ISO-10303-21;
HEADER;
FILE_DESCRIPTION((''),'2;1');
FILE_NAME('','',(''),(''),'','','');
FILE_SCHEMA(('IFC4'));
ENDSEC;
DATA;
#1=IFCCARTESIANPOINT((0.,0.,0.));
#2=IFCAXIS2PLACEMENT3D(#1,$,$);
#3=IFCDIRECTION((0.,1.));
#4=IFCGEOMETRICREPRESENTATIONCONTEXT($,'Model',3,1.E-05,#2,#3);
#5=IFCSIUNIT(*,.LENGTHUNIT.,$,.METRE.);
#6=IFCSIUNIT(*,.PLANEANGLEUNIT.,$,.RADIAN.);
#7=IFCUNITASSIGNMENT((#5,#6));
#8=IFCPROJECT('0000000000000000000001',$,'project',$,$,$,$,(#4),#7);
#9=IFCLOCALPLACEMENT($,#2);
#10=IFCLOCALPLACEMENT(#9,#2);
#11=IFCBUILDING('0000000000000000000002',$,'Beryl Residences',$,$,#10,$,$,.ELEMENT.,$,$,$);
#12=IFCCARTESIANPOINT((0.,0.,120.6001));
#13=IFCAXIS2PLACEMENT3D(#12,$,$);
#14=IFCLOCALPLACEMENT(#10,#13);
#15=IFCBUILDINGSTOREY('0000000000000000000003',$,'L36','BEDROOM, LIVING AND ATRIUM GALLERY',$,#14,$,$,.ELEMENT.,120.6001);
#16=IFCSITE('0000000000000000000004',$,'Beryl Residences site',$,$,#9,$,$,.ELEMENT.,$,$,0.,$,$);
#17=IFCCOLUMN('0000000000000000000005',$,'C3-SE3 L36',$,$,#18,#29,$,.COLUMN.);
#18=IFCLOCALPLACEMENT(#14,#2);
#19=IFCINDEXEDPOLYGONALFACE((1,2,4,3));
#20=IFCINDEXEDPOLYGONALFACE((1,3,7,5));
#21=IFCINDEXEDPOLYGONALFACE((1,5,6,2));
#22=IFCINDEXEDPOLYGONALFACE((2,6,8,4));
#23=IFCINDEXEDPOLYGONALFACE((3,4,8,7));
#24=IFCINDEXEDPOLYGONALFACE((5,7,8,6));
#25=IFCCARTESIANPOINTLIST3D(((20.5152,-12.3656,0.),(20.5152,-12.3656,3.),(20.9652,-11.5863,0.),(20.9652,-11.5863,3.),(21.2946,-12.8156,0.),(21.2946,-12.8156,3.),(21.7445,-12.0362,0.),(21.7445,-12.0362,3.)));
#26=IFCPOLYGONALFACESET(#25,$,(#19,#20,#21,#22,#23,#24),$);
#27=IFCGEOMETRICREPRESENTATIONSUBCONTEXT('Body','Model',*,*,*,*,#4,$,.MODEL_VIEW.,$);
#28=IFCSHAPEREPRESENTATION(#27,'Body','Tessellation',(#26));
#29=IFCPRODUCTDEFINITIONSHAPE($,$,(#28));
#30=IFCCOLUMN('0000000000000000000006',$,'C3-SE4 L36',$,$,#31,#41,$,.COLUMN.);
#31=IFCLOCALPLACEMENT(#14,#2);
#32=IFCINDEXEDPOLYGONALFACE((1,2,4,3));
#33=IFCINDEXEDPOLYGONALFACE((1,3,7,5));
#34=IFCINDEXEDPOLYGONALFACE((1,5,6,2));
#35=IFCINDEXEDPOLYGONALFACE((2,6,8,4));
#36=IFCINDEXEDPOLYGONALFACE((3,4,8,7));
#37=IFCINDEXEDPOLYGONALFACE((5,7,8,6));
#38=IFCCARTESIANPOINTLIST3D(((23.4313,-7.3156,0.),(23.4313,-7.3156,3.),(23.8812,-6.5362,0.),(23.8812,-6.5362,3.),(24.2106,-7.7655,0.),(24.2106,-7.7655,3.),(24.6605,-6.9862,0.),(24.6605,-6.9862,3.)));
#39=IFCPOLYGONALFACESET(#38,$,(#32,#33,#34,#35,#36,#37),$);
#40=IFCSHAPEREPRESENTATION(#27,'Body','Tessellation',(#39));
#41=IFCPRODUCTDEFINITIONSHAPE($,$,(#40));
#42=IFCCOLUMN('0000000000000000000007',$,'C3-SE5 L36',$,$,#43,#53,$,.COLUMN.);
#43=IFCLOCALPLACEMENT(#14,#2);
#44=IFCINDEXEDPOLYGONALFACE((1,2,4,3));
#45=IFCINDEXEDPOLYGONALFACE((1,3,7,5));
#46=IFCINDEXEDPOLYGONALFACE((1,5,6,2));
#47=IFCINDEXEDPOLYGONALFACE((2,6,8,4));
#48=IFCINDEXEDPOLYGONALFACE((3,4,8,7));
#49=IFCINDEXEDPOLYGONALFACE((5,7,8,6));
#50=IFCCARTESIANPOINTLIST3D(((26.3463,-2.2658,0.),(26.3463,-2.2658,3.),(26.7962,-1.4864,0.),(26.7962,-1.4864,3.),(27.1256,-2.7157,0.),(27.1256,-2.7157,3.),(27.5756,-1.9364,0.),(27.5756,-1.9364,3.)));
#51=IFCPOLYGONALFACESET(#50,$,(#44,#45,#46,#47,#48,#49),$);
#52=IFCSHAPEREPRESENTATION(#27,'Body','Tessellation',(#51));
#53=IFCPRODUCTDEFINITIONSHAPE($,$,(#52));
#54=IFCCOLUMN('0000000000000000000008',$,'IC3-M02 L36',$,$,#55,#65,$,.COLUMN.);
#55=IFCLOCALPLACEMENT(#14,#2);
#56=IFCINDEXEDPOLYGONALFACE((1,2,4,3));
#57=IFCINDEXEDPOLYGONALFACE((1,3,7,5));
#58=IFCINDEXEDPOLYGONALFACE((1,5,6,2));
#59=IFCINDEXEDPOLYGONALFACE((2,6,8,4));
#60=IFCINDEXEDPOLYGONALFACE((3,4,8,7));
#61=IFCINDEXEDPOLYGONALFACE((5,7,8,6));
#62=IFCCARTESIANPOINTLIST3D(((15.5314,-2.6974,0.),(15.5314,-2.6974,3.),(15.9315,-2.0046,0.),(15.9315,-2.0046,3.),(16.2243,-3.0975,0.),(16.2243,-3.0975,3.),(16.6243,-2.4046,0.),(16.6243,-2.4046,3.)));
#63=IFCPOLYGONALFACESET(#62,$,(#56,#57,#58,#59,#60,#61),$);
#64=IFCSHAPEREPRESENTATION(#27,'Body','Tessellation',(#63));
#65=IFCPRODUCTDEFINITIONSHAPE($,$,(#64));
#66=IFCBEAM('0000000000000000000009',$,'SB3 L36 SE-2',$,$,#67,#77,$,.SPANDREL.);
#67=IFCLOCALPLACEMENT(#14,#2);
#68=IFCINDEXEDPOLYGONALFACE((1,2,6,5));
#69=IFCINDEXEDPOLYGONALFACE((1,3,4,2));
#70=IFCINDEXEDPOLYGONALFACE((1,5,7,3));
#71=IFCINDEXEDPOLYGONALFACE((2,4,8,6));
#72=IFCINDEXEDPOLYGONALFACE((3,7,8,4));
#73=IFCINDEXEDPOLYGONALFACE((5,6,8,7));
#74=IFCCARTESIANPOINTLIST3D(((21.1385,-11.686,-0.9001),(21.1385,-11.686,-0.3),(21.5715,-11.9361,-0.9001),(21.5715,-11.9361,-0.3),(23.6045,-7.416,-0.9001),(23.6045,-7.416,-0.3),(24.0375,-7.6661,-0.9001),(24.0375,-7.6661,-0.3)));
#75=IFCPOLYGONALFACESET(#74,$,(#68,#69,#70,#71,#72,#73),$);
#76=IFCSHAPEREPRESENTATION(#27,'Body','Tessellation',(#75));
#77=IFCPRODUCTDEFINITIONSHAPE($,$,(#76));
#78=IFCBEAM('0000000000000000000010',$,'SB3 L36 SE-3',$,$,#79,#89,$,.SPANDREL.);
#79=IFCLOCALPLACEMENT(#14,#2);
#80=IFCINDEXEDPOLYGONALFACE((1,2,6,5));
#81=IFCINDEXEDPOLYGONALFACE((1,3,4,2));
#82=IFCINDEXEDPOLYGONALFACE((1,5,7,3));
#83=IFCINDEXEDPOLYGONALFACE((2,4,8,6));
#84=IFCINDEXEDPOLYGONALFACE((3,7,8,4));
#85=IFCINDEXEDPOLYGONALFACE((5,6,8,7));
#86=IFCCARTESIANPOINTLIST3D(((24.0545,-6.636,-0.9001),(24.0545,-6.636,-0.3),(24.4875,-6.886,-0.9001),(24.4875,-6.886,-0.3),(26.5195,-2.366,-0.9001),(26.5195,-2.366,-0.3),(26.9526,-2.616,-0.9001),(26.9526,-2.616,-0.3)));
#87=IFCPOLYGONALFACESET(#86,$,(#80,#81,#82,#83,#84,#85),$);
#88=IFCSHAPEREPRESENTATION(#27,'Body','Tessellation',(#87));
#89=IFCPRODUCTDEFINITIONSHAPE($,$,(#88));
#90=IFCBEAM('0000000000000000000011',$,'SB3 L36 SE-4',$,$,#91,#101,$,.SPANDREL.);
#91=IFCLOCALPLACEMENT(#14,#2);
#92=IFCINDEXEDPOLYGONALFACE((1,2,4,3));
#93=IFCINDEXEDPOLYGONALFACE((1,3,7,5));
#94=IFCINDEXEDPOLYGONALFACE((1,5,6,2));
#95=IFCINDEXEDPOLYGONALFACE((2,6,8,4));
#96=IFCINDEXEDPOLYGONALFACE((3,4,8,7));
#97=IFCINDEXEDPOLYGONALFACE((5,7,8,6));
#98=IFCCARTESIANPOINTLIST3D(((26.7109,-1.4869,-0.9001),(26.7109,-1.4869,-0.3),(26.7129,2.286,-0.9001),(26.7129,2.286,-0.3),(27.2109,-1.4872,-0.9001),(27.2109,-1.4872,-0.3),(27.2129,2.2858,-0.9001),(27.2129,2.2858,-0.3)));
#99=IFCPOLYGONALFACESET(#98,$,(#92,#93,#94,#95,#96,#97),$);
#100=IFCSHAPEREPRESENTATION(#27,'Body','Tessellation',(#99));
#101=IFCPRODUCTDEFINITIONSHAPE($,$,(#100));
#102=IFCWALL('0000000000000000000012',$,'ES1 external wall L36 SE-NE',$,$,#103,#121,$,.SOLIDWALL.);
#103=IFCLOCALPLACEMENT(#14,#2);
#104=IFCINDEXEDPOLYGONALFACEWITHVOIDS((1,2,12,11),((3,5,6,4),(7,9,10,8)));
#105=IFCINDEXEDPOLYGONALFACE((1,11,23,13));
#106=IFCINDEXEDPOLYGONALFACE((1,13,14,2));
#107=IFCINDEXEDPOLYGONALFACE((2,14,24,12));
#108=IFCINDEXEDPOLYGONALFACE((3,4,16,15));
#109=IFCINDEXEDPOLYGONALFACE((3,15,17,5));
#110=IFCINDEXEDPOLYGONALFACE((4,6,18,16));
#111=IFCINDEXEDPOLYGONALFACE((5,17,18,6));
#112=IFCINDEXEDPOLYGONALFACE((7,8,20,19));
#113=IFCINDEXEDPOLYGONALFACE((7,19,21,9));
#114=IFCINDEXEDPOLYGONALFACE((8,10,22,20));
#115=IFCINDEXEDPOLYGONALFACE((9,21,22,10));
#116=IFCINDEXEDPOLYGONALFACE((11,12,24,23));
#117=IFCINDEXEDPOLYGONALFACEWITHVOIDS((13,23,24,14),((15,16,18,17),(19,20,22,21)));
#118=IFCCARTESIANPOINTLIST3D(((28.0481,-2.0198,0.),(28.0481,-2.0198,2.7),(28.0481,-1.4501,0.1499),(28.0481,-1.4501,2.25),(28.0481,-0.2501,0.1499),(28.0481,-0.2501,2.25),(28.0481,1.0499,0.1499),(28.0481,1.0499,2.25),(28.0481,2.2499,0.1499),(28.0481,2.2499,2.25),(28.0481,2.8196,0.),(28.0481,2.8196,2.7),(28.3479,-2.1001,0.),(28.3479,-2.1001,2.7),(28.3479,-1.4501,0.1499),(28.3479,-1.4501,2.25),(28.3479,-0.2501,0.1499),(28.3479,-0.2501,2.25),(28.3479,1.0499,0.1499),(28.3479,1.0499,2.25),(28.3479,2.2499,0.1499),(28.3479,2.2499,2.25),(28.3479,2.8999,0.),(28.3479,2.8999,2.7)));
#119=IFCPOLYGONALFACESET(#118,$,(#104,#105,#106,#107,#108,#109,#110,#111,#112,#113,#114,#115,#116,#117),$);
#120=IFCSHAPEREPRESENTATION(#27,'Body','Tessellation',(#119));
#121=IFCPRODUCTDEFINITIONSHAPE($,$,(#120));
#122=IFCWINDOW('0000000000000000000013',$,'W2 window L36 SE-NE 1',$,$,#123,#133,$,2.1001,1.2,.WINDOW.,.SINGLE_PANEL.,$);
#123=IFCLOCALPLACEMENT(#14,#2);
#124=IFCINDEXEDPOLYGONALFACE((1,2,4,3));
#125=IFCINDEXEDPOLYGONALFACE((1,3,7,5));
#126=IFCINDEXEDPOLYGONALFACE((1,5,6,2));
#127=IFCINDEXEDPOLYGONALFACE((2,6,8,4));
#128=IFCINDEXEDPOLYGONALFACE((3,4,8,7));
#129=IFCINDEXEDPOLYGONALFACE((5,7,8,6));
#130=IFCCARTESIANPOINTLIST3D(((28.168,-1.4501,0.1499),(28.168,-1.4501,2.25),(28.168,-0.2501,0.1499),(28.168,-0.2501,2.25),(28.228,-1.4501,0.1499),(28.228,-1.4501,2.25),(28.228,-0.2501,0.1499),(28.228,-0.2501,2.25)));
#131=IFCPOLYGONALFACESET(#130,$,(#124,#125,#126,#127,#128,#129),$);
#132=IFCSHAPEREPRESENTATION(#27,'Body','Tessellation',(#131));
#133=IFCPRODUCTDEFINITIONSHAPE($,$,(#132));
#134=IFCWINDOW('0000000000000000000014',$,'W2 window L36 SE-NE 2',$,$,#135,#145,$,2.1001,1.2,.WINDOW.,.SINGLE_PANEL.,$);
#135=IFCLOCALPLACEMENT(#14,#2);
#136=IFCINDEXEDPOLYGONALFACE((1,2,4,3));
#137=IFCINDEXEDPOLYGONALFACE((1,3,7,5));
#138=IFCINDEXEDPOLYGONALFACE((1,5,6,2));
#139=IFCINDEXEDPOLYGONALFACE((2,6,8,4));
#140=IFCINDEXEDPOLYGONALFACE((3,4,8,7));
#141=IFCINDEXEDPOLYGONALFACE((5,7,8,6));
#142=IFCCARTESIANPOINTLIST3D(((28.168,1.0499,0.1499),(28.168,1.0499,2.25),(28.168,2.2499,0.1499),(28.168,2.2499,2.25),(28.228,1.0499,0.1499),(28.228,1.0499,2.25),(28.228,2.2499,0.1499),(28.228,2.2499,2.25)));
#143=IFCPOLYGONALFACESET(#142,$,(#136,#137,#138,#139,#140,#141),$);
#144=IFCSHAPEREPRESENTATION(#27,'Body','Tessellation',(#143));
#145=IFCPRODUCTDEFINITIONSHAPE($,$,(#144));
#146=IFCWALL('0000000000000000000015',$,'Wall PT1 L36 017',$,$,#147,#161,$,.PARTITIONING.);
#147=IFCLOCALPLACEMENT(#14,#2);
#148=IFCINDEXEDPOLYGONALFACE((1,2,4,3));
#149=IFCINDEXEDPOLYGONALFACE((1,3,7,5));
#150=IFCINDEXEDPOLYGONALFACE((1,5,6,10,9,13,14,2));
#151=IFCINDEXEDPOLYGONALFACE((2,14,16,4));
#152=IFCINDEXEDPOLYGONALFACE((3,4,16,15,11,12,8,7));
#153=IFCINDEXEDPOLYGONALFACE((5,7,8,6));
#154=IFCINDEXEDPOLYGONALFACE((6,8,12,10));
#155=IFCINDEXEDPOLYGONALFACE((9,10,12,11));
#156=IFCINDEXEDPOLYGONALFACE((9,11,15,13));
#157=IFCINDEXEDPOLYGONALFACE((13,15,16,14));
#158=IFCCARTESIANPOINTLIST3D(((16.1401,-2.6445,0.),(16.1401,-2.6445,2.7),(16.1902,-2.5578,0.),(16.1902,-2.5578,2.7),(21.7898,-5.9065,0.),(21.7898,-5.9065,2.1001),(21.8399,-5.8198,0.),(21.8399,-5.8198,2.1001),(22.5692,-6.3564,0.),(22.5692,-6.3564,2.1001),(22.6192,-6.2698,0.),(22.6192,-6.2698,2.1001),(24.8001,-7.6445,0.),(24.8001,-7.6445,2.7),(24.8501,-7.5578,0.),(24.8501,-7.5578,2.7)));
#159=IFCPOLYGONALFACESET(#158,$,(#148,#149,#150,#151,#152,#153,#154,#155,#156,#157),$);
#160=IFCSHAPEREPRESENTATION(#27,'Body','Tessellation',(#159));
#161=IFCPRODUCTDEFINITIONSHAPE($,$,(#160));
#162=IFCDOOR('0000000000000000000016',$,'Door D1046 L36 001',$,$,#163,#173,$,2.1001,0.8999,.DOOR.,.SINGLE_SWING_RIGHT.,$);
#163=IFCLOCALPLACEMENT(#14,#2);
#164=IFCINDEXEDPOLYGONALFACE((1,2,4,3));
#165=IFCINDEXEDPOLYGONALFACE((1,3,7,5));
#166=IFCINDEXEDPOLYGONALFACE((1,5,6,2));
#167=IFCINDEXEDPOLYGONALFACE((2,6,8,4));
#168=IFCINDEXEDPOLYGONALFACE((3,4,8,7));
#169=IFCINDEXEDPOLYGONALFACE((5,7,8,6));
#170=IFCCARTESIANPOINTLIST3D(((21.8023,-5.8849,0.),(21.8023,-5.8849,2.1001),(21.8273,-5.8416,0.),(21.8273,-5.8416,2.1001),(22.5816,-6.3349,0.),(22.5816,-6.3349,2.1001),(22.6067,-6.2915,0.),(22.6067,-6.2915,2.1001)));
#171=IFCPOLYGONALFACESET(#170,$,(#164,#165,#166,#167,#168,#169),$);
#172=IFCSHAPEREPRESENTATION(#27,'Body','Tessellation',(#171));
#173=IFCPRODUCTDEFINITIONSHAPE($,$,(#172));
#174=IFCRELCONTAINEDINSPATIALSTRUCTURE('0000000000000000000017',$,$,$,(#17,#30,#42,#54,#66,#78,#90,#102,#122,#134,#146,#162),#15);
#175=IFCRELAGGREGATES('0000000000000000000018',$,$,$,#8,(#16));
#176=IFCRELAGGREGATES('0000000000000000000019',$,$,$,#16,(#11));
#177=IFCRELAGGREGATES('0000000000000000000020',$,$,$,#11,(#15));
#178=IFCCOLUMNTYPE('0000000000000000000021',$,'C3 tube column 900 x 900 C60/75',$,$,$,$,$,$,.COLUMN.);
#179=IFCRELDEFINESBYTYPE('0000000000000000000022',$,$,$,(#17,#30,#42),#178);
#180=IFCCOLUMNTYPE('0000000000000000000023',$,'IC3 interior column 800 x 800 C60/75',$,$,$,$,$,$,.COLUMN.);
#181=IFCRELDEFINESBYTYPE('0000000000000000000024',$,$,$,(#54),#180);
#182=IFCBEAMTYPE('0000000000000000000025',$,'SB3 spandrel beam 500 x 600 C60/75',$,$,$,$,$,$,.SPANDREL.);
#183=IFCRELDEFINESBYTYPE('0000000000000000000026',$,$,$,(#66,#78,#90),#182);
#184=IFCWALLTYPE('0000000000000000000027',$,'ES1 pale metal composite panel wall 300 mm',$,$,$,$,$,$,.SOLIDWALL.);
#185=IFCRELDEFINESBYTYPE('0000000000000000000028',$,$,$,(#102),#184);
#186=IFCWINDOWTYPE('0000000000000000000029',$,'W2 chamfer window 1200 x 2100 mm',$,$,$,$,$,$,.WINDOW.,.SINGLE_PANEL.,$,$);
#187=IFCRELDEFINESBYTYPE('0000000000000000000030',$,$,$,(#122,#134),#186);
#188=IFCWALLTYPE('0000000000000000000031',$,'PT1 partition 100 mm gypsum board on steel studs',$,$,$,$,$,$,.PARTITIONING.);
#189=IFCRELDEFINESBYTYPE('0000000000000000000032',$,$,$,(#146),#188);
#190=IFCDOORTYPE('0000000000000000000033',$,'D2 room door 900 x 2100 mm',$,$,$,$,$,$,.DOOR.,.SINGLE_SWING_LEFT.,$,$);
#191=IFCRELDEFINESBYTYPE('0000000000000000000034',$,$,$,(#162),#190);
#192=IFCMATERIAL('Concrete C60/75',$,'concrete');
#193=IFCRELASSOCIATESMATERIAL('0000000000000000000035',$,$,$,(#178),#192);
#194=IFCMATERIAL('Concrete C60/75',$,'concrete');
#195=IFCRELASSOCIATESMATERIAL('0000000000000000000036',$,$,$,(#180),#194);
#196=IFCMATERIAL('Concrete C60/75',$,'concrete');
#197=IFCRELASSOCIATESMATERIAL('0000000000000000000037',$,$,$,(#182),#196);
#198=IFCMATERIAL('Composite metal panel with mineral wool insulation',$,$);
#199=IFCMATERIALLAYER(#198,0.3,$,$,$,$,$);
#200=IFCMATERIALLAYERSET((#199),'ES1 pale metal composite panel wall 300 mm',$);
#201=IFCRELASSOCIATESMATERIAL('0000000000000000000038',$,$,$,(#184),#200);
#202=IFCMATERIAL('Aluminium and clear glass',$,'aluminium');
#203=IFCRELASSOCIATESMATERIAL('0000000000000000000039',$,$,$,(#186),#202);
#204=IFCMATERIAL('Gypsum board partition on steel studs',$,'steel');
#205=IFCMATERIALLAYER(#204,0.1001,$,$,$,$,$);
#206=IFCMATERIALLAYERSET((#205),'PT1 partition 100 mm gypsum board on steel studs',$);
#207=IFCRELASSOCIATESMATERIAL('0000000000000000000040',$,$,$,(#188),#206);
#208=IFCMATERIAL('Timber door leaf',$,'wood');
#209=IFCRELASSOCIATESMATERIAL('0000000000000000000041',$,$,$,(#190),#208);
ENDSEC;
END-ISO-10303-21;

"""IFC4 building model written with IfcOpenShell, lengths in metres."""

from ifc_helpers import new_model, si_unit, direction, frame, frame_2d, origin, origin_2d, place, context, subcontext, project, spatial, polyline, rectangle, outline, extrude, material, layer, layer_set, material_profile, profile_set, type_object, element, fill, save


model = new_model("IFC4")

# Units and contexts
model_context = context("Model", 3, precision=1e-05, world=origin(), true_north=direction((0.0, 1.0)))
body_context = subcontext(model_context, "Body", "Model", "MODEL_VIEW")
ifc_project = project(units=[si_unit("LENGTHUNIT", "METRE"), si_unit("PLANEANGLEUNIT", "RADIAN")], contexts=[model_context])

# Site, building, storey
site_placement = place(None, origin())
site = spatial("IfcSite", under=ifc_project, at=site_placement, Name="Beryl Residences site", CompositionType="ELEMENT", RefElevation=0.0)
building_placement = place(site_placement, origin())
building = spatial("IfcBuilding", under=site, at=building_placement, Name="Beryl Residences", CompositionType="ELEMENT")
storey_placement = place(building_placement, frame((0.0, 0.0, 120.6001)))
storey = spatial("IfcBuildingStorey", under=building, at=storey_placement, Name="L36", Description="BEDROOM, LIVING AND ATRIUM GALLERY", CompositionType="ELEMENT", Elevation=120.6001)

# Columns
ifc_material_1 = material(Name="Concrete C60/75", Category="concrete")
ifc_material_profile_1 = material_profile(ifc_material_1, rectangle(XDim=0.8999, YDim=0.8999, at=origin_2d()))
ifc_profile_set_1 = profile_set([ifc_material_profile_1], Name="Concrete C60/75")
column_type_1 = type_object("IfcColumnType", Name="C3 tube column 900 x 900 C60/75", PredefinedType="COLUMN", material=ifc_profile_set_1)
for number, where, z_axis, x_axis, name in (
    (1, (21.1299, -12.2009, 0.0), (0.0, 0.0, 1.0), (0.5, 0.866025, 0.0), "C3-SE3 L36"),
    (2, (24.0459, -7.1509, 0.0), (0.0, 0.0, 1.0), (0.5, 0.866025, 0.0), "C3-SE4 L36"),
    (3, (26.9609, -2.1011, 0.0), (0.0, 0.0, 1.0), (0.5, 0.866025, 0.0), "C3-SE5 L36"),
):
    element("IfcColumn", number, at=place(storey_placement, frame(where, z_axis=z_axis, x_axis=x_axis)), inside=storey, type_object=column_type_1, Name=name, PredefinedType="COLUMN", context=body_context, shape_type="SweptSolid", body=[
        extrude(rectangle(XDim=0.8999, YDim=0.8999, at=origin_2d()), origin(), (0.0, 0.0, 1.0), 3.0),
    ])
ifc_material_2 = material(Name="Concrete C60/75", Category="concrete")
ifc_material_profile_2 = material_profile(ifc_material_2, rectangle(XDim=0.8, YDim=0.8, at=origin_2d()))
ifc_profile_set_2 = profile_set([ifc_material_profile_2], Name="Concrete C60/75")
column_type_2 = type_object("IfcColumnType", Name="IC3 interior column 800 x 800 C60/75", PredefinedType="COLUMN", material=ifc_profile_set_2)
column_placement = place(storey_placement, frame((16.0779, -2.551, 0.0), z_axis=(0.0, 0.0, 1.0), x_axis=(0.5, 0.866025, 0.0)))
element("IfcColumn", 4, at=column_placement, inside=storey, type_object=column_type_2, Name="IC3-M02 L36", PredefinedType="COLUMN", context=body_context, shape_type="SweptSolid", body=[
    extrude(rectangle(XDim=0.8, YDim=0.8, at=origin_2d()), origin(), (0.0, 0.0, 1.0), 3.0),
])

# Beams
ifc_material_3 = material(Name="Concrete C60/75", Category="concrete")
ifc_material_profile_3 = material_profile(ifc_material_3, rectangle(XDim=0.5, YDim=0.6001, at=origin_2d()))
ifc_profile_set_3 = profile_set([ifc_material_profile_3], Name="Concrete C60/75")
beam_type = type_object("IfcBeamType", Name="SB3 spandrel beam 500 x 600 C60/75", PredefinedType="SPANDREL", material=ifc_profile_set_3)
beam_1_placement = place(storey_placement, frame((21.355, -11.811, -0.6001), z_axis=(0.500117, 0.865958, 0.0), x_axis=(-0.865958, 0.500117, 0.0)))
element("IfcBeam", 5, at=beam_1_placement, inside=storey, type_object=beam_type, Name="SB3 L36 SE-2", PredefinedType="SPANDREL", context=body_context, shape_type="SweptSolid", body=[
    extrude(rectangle(XDim=0.5, YDim=0.6001, at=origin_2d()), origin(), (0.0, 0.0, 1.0), 4.9309),
])
beam_2_placement = place(storey_placement, frame((24.271, -6.761, -0.6001), z_axis=(0.499968, 0.866044, 0.0), x_axis=(-0.866044, 0.499968, 0.0)))
element("IfcBeam", 6, at=beam_2_placement, inside=storey, type_object=beam_type, Name="SB3 L36 SE-3", PredefinedType="SPANDREL", context=body_context, shape_type="SweptSolid", body=[
    extrude(rectangle(XDim=0.5, YDim=0.6001, at=origin_2d()), origin(), (0.0, 0.0, 1.0), 4.9304),
])
beam_3_placement = place(storey_placement, frame((26.9609, -1.4871, -0.6001), z_axis=(0.000518, 1.0, 0.0), x_axis=(-1.0, 0.000518, 0.0)))
element("IfcBeam", 7, at=beam_3_placement, inside=storey, type_object=beam_type, Name="SB3 L36 SE-4", PredefinedType="SPANDREL", context=body_context, shape_type="SweptSolid", body=[
    extrude(rectangle(XDim=0.5, YDim=0.6001, at=origin_2d()), origin(), (0.0, 0.0, 1.0), 3.7729),
])

# Wall, openings, windows
ifc_material_4 = material(Name="Composite metal panel with mineral wool insulation")
ifc_layer_1 = layer(ifc_material_4, 0.3)
ifc_layer_set_1 = layer_set([ifc_layer_1], Name="ES1 pale metal composite panel wall 300 mm")
wall_type_1 = type_object("IfcWallType", Name="ES1 pale metal composite panel wall 300 mm", PredefinedType="SOLIDWALL", material=ifc_layer_set_1)
wall_1_placement = place(storey_placement, frame((28.198, -2.1001, 0.0), z_axis=(0.0, 0.0, 1.0), x_axis=(0.0, 1.0, 0.0)))
wall_1 = element("IfcWall", 8, at=wall_1_placement, inside=storey, type_object=wall_type_1, Name="ES1 external wall L36 SE-NE", PredefinedType="SOLIDWALL", context=body_context, shape_type="SweptSolid", body=[
    extrude(outline(polyline([(0.0, -0.1499), (5.0, -0.1499), (4.9197, 0.1499), (0.0803, 0.1499), (0.0, -0.1499)])), origin(), (0.0, 0.0, 1.0), 2.7),
])
opening_1_placement = place(wall_1_placement, frame((0.6499, 0.0, 0.1499)))
opening_1 = element("IfcOpeningElement", 9, at=opening_1_placement, cuts=wall_1, PredefinedType="OPENING", context=body_context, shape_type="SweptSolid", body=[
    extrude(rectangle(XDim=1.2, YDim=2.1001, at=frame_2d((0.6001, 1.05))), frame((0.0, 0.1599, 0.0), z_axis=(0.0, -1.0, 0.0), x_axis=(1.0, 0.0, 0.0)), (0.0, 0.0, 1.0), 0.3201),
])
opening_2_placement = place(wall_1_placement, frame((3.1499, 0.0, 0.1499)))
opening_2 = element("IfcOpeningElement", 10, at=opening_2_placement, cuts=wall_1, PredefinedType="OPENING", context=body_context, shape_type="SweptSolid", body=[
    extrude(rectangle(XDim=1.2, YDim=2.1001, at=frame_2d((0.6001, 1.05))), frame((0.0, 0.1599, 0.0), z_axis=(0.0, -1.0, 0.0), x_axis=(1.0, 0.0, 0.0)), (0.0, 0.0, 1.0), 0.3201),
])
ifc_material_5 = material(Name="Aluminium and clear glass", Category="aluminium")
window_type = type_object("IfcWindowType", Name="W2 chamfer window 1200 x 2100 mm", PartitioningType="SINGLE_PANEL", PredefinedType="WINDOW", material=ifc_material_5)
window_1_placement = place(opening_1_placement, origin())
window_1 = element("IfcWindow", 11, at=window_1_placement, inside=storey, type_object=window_type, Name="W2 window L36 SE-NE 1", OverallHeight=2.1001, OverallWidth=1.2, PartitioningType="SINGLE_PANEL", PredefinedType="WINDOW", context=body_context, shape_type="SweptSolid", body=[
    extrude(rectangle(XDim=1.2, YDim=2.1001, at=frame_2d((0.6001, 1.05))), frame((0.0, 0.03, 0.0), z_axis=(0.0, -1.0, 0.0), x_axis=(1.0, 0.0, 0.0)), (0.0, 0.0, 1.0), 0.0601),
])
fill(opening_1, window_1)
window_2_placement = place(opening_2_placement, origin())
window_2 = element("IfcWindow", 12, at=window_2_placement, inside=storey, type_object=window_type, Name="W2 window L36 SE-NE 2", OverallHeight=2.1001, OverallWidth=1.2, PartitioningType="SINGLE_PANEL", PredefinedType="WINDOW", context=body_context, shape_type="SweptSolid", body=[
    extrude(rectangle(XDim=1.2, YDim=2.1001, at=frame_2d((0.6001, 1.05))), frame((0.0, 0.03, 0.0), z_axis=(0.0, -1.0, 0.0), x_axis=(1.0, 0.0, 0.0)), (0.0, 0.0, 1.0), 0.0601),
])
fill(opening_2, window_2)

# Wall, opening, door
ifc_material_6 = material(Name="Gypsum board partition on steel studs", Category="steel")
ifc_layer_2 = layer(ifc_material_6, 0.1001)
ifc_layer_set_2 = layer_set([ifc_layer_2], Name="PT1 partition 100 mm gypsum board on steel studs")
wall_type_2 = type_object("IfcWallType", Name="PT1 partition 100 mm gypsum board on steel studs", PredefinedType="PARTITIONING", material=ifc_layer_set_2)
wall_2_placement = place(storey_placement, frame((16.165, -2.6011, 0.0), z_axis=(0.0, 0.0, 1.0), x_axis=(0.866017, -0.500015, 0.0)))
wall_2 = element("IfcWall", 13, at=wall_2_placement, inside=storey, type_object=wall_type_2, Name="Wall PT1 L36 017", PredefinedType="PARTITIONING", context=body_context, shape_type="SweptSolid", body=[
    extrude(rectangle(XDim=9.9998, YDim=0.1001, at=frame_2d((5.0, 0.0))), origin(), (0.0, 0.0, 1.0), 2.7),
])
opening_3_placement = place(wall_2_placement, frame((6.5239, 0.0, 0.0)))
opening_3 = element("IfcOpeningElement", 14, at=opening_3_placement, cuts=wall_2, PredefinedType="OPENING", context=body_context, shape_type="SweptSolid", body=[
    extrude(rectangle(XDim=0.8999, YDim=2.1001, at=frame_2d((0.45, 1.05))), frame((0.0, 0.0601, 0.0), z_axis=(0.0, -1.0, 0.0), x_axis=(1.0, 0.0, 0.0)), (0.0, 0.0, 1.0), 0.1201),
])
ifc_material_7 = material(Name="Timber door leaf", Category="wood")
door_type_1 = type_object("IfcDoorType", Name="D2 room door 900 x 2100 mm", OperationType="SINGLE_SWING_LEFT", PredefinedType="DOOR", material=ifc_material_7)
door_1_placement = place(opening_3_placement, origin())
door_1 = element("IfcDoor", 15, at=door_1_placement, inside=storey, type_object=door_type_1, Name="Door D1046 L36 001", OperationType="SINGLE_SWING_RIGHT", OverallHeight=2.1001, OverallWidth=0.8999, PredefinedType="DOOR", context=body_context, shape_type="SweptSolid", body=[
    extrude(rectangle(XDim=0.8999, YDim=2.1001, at=frame_2d((0.45, 1.05))), frame((0.0, 0.0249, 0.0), z_axis=(0.0, -1.0, 0.0), x_axis=(1.0, 0.0, 0.0)), (0.0, 0.0, 1.0), 0.05),
])
fill(opening_3, door_1)

save(model, "model.ifc")
